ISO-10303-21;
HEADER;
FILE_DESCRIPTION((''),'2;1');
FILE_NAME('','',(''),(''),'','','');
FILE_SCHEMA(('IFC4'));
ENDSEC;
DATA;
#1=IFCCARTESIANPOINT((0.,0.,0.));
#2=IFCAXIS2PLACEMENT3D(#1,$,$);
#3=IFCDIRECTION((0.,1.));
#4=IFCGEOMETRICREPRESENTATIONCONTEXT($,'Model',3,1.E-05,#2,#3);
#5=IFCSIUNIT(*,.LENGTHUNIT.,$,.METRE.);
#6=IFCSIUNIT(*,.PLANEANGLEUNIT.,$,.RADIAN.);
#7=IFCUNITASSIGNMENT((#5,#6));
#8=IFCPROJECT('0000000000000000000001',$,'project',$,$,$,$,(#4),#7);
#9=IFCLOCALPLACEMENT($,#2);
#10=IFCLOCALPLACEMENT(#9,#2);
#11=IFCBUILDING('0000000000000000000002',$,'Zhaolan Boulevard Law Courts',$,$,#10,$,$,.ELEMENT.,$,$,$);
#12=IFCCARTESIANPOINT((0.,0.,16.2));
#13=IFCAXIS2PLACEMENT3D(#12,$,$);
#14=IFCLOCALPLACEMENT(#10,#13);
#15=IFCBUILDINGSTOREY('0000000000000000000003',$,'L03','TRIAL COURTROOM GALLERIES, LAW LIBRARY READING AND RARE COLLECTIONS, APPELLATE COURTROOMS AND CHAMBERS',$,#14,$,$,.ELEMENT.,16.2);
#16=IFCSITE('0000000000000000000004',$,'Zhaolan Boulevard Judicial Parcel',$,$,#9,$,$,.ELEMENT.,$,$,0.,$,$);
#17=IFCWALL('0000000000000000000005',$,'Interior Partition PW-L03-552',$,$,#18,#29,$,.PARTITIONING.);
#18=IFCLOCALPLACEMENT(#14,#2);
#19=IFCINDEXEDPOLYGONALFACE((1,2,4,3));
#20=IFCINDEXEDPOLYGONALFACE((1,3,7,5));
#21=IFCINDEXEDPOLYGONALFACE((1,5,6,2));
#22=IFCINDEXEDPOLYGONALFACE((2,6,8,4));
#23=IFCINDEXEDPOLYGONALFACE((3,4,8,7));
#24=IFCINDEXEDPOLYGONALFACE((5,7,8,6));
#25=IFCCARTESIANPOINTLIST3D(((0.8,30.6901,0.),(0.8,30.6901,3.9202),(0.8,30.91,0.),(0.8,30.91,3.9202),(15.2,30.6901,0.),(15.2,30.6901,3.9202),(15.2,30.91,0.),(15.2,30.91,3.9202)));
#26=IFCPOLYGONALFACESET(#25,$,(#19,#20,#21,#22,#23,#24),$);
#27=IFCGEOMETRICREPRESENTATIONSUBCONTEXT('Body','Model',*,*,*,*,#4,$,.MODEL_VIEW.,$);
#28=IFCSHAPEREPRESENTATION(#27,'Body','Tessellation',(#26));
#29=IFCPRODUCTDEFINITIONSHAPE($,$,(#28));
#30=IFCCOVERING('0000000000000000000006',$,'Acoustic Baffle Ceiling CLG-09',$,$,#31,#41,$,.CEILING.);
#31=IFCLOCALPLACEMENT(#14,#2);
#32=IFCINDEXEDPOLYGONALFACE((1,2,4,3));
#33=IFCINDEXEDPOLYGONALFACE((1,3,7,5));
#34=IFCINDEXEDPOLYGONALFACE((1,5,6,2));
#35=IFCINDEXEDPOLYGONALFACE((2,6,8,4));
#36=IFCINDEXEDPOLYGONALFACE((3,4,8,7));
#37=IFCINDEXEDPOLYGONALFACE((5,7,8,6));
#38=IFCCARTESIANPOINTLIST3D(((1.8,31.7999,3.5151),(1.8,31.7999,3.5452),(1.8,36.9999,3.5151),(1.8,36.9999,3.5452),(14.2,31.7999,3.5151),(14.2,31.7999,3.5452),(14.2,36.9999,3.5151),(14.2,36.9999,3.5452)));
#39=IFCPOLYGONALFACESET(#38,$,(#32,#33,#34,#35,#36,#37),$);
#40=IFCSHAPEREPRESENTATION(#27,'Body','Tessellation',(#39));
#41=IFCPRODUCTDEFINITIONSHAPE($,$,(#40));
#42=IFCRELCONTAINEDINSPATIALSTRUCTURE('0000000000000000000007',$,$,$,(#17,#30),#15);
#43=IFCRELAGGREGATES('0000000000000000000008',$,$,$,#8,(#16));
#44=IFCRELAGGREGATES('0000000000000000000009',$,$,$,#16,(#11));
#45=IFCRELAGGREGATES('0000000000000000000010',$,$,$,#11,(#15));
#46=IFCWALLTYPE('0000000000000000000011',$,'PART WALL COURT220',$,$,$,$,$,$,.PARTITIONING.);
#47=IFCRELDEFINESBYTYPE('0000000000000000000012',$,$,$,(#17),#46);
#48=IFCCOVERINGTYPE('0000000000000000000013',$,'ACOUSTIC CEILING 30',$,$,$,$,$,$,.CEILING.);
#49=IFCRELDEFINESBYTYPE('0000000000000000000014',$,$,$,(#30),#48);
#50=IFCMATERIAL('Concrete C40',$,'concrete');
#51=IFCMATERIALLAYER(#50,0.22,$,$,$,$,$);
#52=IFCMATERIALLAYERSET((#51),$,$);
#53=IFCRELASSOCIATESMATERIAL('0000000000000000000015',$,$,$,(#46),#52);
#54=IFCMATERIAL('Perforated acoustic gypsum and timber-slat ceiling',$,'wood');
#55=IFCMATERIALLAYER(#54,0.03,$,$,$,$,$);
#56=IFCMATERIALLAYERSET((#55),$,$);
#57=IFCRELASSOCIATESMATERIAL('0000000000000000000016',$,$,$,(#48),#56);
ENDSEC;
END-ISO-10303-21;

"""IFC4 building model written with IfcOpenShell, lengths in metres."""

from ifc_helpers import new_model, si_unit, direction, frame, frame_2d, origin, origin_2d, place, context, subcontext, project, spatial, rectangle, extrude, material, layer, layer_set, type_object, element, save


model = new_model("IFC4")

# Units and contexts
model_context = context("Model", 3, precision=1e-05, world=origin(), true_north=direction((0.0, 1.0)))
body_context = subcontext(model_context, "Body", "Model", "MODEL_VIEW")
ifc_project = project(units=[si_unit("LENGTHUNIT", "METRE"), si_unit("PLANEANGLEUNIT", "RADIAN")], contexts=[model_context])

# Site, building, storey
site_placement = place(None, origin())
site = spatial("IfcSite", under=ifc_project, at=site_placement, Name="Zhaolan Boulevard Judicial Parcel", CompositionType="ELEMENT", RefElevation=0.0)
building_placement = place(site_placement, origin())
building = spatial("IfcBuilding", under=site, at=building_placement, Name="Zhaolan Boulevard Law Courts", CompositionType="ELEMENT")
storey_placement = place(building_placement, frame((0.0, 0.0, 16.2)))
storey = spatial("IfcBuildingStorey", under=building, at=storey_placement, Name="L03", Description="TRIAL COURTROOM GALLERIES, LAW LIBRARY READING AND RARE COLLECTIONS, APPELLATE COURTROOMS AND CHAMBERS", CompositionType="ELEMENT", Elevation=16.2)

# Wall
ifc_material_1 = material(Name="Concrete C40", Category="concrete")
ifc_layer_1 = layer(ifc_material_1, 0.22)
ifc_layer_set_1 = layer_set([ifc_layer_1])
wall_type = type_object("IfcWallType", Name="PART WALL COURT220", PredefinedType="PARTITIONING", material=ifc_layer_set_1)
wall_1_placement = place(storey_placement, frame((0.8, 30.8, 0.0), z_axis=(0.0, 0.0, 1.0), x_axis=(1.0, 0.0, 0.0)))
element("IfcWall", 1, at=wall_1_placement, inside=storey, type_object=wall_type, Name="Interior Partition PW-L03-552", PredefinedType="PARTITIONING", context=body_context, shape_type="SweptSolid", body=[
    extrude(rectangle(XDim=14.3999, YDim=0.22, at=frame_2d((7.2, 0.0))), origin(), (0.0, 0.0, 1.0), 3.9202),
])

# Covering
ifc_material_2 = material(Name="Perforated acoustic gypsum and timber-slat ceiling", Category="wood")
ifc_layer_2 = layer(ifc_material_2, 0.03)
ifc_layer_set_2 = layer_set([ifc_layer_2])
covering_type = type_object("IfcCoveringType", Name="ACOUSTIC CEILING 30", PredefinedType="CEILING", material=ifc_layer_set_2)
covering_placement = place(storey_placement, frame((8.0, 34.3999, 3.5151), z_axis=(0.0, 0.0, 1.0), x_axis=(1.0, 0.0, 0.0)))
element("IfcCovering", 2, at=covering_placement, inside=storey, type_object=covering_type, Name="Acoustic Baffle Ceiling CLG-09", PredefinedType="CEILING", context=body_context, shape_type="SweptSolid", body=[
    extrude(rectangle(XDim=12.3999, YDim=5.2, at=origin_2d()), origin(), (0.0, 0.0, 1.0), 0.03),
])

save(model, "model.ifc")
